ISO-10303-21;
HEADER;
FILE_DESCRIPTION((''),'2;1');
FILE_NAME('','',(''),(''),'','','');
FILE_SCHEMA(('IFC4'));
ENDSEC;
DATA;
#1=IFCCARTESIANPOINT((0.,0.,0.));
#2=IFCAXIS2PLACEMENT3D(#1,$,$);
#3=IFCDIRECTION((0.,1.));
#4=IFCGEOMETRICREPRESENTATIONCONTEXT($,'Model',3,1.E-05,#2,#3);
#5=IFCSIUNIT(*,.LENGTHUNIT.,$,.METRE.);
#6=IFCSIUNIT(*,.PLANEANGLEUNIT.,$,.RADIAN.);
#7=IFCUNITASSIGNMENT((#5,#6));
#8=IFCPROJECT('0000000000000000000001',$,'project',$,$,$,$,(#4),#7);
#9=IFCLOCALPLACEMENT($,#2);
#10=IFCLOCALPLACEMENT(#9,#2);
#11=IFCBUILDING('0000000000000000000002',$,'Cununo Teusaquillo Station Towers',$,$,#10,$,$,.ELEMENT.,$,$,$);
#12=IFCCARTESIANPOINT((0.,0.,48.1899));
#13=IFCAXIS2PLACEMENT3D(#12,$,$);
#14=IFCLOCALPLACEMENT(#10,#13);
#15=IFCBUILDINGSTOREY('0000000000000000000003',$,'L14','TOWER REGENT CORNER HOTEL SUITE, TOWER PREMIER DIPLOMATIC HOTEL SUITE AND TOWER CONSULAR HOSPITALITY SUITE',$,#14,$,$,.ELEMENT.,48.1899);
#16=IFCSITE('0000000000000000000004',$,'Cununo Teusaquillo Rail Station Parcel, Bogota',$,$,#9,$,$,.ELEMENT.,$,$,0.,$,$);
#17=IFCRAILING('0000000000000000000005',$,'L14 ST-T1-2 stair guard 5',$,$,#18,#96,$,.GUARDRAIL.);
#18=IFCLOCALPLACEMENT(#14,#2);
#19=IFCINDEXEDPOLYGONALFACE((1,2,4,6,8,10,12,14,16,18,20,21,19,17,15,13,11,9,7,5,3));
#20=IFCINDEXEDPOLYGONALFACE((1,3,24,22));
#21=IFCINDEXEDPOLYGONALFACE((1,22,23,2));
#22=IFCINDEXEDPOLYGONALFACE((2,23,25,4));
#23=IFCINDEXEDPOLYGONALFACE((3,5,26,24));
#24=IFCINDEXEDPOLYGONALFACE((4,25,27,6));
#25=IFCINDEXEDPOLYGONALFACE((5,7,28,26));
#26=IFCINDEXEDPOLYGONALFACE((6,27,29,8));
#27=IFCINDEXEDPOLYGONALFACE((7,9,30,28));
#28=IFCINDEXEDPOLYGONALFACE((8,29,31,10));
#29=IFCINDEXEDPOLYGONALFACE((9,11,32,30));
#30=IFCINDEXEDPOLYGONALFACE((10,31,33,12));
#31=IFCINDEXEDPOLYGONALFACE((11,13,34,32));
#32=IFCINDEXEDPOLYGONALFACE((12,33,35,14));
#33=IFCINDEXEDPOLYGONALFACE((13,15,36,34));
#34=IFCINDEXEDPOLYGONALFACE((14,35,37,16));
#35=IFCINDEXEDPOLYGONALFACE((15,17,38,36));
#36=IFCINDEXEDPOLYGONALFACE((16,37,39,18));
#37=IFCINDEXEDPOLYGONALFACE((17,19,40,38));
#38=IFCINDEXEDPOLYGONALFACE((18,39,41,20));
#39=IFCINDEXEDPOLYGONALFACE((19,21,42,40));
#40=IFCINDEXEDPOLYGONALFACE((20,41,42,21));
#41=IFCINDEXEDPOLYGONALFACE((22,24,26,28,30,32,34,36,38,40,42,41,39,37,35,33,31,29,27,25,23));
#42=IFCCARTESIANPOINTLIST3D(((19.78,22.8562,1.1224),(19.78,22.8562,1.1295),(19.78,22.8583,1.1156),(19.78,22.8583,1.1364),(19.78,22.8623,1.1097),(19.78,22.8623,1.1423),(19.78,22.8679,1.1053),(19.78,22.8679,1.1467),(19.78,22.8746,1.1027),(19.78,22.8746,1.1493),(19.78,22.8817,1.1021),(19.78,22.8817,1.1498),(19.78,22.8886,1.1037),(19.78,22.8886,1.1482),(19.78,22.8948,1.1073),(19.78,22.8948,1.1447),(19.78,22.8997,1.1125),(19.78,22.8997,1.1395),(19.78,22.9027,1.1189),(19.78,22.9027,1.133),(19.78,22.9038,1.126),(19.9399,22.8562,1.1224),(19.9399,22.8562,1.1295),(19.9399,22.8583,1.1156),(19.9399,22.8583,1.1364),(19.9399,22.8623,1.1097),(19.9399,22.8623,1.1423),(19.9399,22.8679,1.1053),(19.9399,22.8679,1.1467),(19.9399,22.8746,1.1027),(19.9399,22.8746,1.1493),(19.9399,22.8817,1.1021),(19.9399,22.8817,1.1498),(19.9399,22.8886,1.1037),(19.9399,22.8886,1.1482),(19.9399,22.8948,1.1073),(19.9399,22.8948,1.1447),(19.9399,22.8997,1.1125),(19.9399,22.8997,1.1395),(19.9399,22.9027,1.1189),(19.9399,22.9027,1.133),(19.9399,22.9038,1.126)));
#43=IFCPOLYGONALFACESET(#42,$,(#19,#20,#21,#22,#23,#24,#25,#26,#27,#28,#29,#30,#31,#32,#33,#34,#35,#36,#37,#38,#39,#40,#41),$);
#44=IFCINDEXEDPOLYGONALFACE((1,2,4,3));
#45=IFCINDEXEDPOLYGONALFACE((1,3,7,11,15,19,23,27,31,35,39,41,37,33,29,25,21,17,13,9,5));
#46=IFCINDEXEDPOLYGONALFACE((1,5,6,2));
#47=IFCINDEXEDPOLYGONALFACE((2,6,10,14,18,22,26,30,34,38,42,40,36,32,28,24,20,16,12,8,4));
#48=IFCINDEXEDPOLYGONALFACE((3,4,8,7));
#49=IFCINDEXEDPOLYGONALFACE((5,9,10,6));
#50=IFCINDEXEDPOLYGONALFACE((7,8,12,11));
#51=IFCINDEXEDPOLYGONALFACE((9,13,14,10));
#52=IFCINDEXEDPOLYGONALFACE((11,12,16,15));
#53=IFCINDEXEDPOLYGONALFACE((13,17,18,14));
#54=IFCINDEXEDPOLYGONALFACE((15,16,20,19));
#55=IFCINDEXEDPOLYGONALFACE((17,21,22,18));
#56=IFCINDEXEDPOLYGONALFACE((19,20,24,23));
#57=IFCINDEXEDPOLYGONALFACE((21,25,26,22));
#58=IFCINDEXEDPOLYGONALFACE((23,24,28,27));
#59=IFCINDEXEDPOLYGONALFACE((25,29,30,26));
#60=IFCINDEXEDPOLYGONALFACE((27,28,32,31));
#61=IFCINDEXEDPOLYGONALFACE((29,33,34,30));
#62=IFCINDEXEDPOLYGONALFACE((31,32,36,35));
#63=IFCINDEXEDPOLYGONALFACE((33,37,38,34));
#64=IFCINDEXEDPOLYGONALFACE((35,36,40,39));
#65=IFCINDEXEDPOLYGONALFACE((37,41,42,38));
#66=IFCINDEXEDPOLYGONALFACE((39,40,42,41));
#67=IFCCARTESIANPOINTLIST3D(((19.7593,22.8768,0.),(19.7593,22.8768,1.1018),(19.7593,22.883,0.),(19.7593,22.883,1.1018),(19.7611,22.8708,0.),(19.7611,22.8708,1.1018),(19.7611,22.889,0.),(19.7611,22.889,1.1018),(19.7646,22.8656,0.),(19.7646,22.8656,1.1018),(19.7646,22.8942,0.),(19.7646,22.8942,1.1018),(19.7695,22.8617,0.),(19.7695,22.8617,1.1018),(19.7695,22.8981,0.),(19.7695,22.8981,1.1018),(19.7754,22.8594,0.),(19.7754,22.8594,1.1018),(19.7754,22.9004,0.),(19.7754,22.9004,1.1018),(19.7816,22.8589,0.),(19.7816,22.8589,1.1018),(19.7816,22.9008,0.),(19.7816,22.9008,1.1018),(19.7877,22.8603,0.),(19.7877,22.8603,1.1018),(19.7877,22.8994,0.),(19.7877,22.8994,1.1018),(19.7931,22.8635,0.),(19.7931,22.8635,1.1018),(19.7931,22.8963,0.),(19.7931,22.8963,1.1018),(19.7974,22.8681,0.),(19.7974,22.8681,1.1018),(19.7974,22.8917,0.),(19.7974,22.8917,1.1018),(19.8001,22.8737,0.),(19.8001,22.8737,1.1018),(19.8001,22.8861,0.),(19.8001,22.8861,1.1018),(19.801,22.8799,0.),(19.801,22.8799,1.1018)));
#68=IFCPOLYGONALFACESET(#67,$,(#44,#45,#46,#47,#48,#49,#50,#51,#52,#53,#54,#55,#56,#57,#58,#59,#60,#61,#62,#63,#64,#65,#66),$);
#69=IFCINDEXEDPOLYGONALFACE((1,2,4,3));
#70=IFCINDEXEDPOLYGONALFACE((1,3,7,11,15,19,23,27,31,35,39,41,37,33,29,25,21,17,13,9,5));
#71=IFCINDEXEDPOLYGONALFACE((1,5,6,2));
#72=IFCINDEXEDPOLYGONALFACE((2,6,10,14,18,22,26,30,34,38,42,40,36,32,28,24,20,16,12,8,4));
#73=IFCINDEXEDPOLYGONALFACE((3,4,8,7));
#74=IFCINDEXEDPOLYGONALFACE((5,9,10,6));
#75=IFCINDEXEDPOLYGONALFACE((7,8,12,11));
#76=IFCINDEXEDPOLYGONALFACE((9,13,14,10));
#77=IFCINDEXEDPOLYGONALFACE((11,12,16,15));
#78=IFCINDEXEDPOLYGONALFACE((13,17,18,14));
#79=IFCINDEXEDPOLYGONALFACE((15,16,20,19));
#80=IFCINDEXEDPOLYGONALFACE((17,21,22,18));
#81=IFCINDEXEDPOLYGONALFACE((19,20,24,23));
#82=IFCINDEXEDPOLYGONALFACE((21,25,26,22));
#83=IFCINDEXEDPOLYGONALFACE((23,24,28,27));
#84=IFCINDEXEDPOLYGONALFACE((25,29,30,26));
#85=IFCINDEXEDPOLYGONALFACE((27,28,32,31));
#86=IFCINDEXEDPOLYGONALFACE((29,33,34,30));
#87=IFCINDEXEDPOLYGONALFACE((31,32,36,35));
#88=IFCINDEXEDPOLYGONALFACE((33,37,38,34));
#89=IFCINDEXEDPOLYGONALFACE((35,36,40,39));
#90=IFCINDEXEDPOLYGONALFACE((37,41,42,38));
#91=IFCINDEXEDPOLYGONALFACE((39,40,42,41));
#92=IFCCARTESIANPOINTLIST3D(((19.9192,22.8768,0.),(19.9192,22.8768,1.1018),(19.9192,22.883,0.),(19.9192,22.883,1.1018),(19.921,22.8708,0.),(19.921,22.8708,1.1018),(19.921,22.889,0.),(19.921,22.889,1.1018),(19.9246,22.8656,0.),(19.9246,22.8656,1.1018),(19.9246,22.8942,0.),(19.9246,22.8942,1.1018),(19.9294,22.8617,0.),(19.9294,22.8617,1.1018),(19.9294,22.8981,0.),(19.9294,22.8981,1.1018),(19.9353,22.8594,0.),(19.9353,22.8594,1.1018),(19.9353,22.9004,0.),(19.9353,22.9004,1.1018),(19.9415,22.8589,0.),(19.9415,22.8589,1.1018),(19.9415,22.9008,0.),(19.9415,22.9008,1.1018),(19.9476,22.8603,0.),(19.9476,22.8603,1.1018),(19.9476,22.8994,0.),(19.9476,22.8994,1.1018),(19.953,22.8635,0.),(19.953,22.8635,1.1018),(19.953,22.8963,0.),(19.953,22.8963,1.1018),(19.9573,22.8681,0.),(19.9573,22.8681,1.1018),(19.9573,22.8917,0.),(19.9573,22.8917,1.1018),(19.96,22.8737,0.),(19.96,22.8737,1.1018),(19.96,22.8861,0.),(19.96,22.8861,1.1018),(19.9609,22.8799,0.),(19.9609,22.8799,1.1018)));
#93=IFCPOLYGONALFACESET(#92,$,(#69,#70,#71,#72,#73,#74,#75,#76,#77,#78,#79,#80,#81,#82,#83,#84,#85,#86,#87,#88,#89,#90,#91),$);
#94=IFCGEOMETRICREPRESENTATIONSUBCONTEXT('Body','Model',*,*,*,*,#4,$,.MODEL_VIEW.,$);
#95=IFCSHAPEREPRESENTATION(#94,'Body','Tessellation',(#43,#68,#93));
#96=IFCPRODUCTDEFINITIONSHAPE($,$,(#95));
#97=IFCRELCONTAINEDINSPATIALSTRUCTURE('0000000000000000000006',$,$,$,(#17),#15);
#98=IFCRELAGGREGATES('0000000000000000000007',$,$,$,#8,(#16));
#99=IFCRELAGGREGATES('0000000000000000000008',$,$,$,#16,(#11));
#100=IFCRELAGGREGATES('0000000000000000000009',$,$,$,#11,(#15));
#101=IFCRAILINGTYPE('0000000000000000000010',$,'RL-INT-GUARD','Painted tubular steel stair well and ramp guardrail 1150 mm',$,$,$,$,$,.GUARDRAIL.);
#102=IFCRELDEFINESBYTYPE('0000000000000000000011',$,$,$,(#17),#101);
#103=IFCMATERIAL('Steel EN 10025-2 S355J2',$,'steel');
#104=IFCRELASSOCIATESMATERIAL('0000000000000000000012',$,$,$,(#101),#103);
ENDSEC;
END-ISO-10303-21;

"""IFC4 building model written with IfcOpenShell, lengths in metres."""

from ifc_helpers import new_model, si_unit, direction, frame, origin, origin_2d, place, context, subcontext, project, spatial, circle, extrude, material, type_object, element, save


model = new_model("IFC4")

# Units and contexts
model_context = context("Model", 3, precision=1e-05, world=origin(), true_north=direction((0.0, 1.0)))
body_context = subcontext(model_context, "Body", "Model", "MODEL_VIEW")
ifc_project = project(units=[si_unit("LENGTHUNIT", "METRE"), si_unit("PLANEANGLEUNIT", "RADIAN")], contexts=[model_context])

# Site, building, storey
site_placement = place(None, origin())
site = spatial("IfcSite", under=ifc_project, at=site_placement, Name="Cununo Teusaquillo Rail Station Parcel, Bogota", CompositionType="ELEMENT", RefElevation=0.0)
building_placement = place(site_placement, origin())
building = spatial("IfcBuilding", under=site, at=building_placement, Name="Cununo Teusaquillo Station Towers", CompositionType="ELEMENT")
storey_placement = place(building_placement, frame((0.0, 0.0, 48.1899)))
storey = spatial("IfcBuildingStorey", under=building, at=storey_placement, Name="L14", Description="TOWER REGENT CORNER HOTEL SUITE, TOWER PREMIER DIPLOMATIC HOTEL SUITE AND TOWER CONSULAR HOSPITALITY SUITE", CompositionType="ELEMENT", Elevation=48.1899)

# Railing
ifc_material_1 = material(Name="Steel EN 10025-2 S355J2", Category="steel")
railing_type_1 = type_object("IfcRailingType", Name="RL-INT-GUARD", Description="Painted tubular steel stair well and ramp guardrail 1150 mm", PredefinedType="GUARDRAIL", material=ifc_material_1)
railing_1_placement = place(storey_placement, frame((19.78, 22.8799, 0.0)))
element("IfcRailing", 1, at=railing_1_placement, inside=storey, type_object=railing_type_1, Name="L14 ST-T1-2 stair guard 5", PredefinedType="GUARDRAIL", context=body_context, shape_type="SweptSolid", body=[
    extrude(circle(Radius=0.0239, at=origin_2d()), frame((0.0, 0.0, 1.126), z_axis=(1.0, 0.0, 0.0), x_axis=(0.0, 1.0, 0.0)), (0.0, 0.0, 1.0), 0.1599),
    extrude(circle(Radius=0.021, at=origin_2d()), origin(), (0.0, 0.0, 1.0), 1.1018),
    extrude(circle(Radius=0.021, at=origin_2d()), frame((0.1599, 0.0, 0.0)), (0.0, 0.0, 1.0), 1.1018),
])

save(model, "model.ifc")
